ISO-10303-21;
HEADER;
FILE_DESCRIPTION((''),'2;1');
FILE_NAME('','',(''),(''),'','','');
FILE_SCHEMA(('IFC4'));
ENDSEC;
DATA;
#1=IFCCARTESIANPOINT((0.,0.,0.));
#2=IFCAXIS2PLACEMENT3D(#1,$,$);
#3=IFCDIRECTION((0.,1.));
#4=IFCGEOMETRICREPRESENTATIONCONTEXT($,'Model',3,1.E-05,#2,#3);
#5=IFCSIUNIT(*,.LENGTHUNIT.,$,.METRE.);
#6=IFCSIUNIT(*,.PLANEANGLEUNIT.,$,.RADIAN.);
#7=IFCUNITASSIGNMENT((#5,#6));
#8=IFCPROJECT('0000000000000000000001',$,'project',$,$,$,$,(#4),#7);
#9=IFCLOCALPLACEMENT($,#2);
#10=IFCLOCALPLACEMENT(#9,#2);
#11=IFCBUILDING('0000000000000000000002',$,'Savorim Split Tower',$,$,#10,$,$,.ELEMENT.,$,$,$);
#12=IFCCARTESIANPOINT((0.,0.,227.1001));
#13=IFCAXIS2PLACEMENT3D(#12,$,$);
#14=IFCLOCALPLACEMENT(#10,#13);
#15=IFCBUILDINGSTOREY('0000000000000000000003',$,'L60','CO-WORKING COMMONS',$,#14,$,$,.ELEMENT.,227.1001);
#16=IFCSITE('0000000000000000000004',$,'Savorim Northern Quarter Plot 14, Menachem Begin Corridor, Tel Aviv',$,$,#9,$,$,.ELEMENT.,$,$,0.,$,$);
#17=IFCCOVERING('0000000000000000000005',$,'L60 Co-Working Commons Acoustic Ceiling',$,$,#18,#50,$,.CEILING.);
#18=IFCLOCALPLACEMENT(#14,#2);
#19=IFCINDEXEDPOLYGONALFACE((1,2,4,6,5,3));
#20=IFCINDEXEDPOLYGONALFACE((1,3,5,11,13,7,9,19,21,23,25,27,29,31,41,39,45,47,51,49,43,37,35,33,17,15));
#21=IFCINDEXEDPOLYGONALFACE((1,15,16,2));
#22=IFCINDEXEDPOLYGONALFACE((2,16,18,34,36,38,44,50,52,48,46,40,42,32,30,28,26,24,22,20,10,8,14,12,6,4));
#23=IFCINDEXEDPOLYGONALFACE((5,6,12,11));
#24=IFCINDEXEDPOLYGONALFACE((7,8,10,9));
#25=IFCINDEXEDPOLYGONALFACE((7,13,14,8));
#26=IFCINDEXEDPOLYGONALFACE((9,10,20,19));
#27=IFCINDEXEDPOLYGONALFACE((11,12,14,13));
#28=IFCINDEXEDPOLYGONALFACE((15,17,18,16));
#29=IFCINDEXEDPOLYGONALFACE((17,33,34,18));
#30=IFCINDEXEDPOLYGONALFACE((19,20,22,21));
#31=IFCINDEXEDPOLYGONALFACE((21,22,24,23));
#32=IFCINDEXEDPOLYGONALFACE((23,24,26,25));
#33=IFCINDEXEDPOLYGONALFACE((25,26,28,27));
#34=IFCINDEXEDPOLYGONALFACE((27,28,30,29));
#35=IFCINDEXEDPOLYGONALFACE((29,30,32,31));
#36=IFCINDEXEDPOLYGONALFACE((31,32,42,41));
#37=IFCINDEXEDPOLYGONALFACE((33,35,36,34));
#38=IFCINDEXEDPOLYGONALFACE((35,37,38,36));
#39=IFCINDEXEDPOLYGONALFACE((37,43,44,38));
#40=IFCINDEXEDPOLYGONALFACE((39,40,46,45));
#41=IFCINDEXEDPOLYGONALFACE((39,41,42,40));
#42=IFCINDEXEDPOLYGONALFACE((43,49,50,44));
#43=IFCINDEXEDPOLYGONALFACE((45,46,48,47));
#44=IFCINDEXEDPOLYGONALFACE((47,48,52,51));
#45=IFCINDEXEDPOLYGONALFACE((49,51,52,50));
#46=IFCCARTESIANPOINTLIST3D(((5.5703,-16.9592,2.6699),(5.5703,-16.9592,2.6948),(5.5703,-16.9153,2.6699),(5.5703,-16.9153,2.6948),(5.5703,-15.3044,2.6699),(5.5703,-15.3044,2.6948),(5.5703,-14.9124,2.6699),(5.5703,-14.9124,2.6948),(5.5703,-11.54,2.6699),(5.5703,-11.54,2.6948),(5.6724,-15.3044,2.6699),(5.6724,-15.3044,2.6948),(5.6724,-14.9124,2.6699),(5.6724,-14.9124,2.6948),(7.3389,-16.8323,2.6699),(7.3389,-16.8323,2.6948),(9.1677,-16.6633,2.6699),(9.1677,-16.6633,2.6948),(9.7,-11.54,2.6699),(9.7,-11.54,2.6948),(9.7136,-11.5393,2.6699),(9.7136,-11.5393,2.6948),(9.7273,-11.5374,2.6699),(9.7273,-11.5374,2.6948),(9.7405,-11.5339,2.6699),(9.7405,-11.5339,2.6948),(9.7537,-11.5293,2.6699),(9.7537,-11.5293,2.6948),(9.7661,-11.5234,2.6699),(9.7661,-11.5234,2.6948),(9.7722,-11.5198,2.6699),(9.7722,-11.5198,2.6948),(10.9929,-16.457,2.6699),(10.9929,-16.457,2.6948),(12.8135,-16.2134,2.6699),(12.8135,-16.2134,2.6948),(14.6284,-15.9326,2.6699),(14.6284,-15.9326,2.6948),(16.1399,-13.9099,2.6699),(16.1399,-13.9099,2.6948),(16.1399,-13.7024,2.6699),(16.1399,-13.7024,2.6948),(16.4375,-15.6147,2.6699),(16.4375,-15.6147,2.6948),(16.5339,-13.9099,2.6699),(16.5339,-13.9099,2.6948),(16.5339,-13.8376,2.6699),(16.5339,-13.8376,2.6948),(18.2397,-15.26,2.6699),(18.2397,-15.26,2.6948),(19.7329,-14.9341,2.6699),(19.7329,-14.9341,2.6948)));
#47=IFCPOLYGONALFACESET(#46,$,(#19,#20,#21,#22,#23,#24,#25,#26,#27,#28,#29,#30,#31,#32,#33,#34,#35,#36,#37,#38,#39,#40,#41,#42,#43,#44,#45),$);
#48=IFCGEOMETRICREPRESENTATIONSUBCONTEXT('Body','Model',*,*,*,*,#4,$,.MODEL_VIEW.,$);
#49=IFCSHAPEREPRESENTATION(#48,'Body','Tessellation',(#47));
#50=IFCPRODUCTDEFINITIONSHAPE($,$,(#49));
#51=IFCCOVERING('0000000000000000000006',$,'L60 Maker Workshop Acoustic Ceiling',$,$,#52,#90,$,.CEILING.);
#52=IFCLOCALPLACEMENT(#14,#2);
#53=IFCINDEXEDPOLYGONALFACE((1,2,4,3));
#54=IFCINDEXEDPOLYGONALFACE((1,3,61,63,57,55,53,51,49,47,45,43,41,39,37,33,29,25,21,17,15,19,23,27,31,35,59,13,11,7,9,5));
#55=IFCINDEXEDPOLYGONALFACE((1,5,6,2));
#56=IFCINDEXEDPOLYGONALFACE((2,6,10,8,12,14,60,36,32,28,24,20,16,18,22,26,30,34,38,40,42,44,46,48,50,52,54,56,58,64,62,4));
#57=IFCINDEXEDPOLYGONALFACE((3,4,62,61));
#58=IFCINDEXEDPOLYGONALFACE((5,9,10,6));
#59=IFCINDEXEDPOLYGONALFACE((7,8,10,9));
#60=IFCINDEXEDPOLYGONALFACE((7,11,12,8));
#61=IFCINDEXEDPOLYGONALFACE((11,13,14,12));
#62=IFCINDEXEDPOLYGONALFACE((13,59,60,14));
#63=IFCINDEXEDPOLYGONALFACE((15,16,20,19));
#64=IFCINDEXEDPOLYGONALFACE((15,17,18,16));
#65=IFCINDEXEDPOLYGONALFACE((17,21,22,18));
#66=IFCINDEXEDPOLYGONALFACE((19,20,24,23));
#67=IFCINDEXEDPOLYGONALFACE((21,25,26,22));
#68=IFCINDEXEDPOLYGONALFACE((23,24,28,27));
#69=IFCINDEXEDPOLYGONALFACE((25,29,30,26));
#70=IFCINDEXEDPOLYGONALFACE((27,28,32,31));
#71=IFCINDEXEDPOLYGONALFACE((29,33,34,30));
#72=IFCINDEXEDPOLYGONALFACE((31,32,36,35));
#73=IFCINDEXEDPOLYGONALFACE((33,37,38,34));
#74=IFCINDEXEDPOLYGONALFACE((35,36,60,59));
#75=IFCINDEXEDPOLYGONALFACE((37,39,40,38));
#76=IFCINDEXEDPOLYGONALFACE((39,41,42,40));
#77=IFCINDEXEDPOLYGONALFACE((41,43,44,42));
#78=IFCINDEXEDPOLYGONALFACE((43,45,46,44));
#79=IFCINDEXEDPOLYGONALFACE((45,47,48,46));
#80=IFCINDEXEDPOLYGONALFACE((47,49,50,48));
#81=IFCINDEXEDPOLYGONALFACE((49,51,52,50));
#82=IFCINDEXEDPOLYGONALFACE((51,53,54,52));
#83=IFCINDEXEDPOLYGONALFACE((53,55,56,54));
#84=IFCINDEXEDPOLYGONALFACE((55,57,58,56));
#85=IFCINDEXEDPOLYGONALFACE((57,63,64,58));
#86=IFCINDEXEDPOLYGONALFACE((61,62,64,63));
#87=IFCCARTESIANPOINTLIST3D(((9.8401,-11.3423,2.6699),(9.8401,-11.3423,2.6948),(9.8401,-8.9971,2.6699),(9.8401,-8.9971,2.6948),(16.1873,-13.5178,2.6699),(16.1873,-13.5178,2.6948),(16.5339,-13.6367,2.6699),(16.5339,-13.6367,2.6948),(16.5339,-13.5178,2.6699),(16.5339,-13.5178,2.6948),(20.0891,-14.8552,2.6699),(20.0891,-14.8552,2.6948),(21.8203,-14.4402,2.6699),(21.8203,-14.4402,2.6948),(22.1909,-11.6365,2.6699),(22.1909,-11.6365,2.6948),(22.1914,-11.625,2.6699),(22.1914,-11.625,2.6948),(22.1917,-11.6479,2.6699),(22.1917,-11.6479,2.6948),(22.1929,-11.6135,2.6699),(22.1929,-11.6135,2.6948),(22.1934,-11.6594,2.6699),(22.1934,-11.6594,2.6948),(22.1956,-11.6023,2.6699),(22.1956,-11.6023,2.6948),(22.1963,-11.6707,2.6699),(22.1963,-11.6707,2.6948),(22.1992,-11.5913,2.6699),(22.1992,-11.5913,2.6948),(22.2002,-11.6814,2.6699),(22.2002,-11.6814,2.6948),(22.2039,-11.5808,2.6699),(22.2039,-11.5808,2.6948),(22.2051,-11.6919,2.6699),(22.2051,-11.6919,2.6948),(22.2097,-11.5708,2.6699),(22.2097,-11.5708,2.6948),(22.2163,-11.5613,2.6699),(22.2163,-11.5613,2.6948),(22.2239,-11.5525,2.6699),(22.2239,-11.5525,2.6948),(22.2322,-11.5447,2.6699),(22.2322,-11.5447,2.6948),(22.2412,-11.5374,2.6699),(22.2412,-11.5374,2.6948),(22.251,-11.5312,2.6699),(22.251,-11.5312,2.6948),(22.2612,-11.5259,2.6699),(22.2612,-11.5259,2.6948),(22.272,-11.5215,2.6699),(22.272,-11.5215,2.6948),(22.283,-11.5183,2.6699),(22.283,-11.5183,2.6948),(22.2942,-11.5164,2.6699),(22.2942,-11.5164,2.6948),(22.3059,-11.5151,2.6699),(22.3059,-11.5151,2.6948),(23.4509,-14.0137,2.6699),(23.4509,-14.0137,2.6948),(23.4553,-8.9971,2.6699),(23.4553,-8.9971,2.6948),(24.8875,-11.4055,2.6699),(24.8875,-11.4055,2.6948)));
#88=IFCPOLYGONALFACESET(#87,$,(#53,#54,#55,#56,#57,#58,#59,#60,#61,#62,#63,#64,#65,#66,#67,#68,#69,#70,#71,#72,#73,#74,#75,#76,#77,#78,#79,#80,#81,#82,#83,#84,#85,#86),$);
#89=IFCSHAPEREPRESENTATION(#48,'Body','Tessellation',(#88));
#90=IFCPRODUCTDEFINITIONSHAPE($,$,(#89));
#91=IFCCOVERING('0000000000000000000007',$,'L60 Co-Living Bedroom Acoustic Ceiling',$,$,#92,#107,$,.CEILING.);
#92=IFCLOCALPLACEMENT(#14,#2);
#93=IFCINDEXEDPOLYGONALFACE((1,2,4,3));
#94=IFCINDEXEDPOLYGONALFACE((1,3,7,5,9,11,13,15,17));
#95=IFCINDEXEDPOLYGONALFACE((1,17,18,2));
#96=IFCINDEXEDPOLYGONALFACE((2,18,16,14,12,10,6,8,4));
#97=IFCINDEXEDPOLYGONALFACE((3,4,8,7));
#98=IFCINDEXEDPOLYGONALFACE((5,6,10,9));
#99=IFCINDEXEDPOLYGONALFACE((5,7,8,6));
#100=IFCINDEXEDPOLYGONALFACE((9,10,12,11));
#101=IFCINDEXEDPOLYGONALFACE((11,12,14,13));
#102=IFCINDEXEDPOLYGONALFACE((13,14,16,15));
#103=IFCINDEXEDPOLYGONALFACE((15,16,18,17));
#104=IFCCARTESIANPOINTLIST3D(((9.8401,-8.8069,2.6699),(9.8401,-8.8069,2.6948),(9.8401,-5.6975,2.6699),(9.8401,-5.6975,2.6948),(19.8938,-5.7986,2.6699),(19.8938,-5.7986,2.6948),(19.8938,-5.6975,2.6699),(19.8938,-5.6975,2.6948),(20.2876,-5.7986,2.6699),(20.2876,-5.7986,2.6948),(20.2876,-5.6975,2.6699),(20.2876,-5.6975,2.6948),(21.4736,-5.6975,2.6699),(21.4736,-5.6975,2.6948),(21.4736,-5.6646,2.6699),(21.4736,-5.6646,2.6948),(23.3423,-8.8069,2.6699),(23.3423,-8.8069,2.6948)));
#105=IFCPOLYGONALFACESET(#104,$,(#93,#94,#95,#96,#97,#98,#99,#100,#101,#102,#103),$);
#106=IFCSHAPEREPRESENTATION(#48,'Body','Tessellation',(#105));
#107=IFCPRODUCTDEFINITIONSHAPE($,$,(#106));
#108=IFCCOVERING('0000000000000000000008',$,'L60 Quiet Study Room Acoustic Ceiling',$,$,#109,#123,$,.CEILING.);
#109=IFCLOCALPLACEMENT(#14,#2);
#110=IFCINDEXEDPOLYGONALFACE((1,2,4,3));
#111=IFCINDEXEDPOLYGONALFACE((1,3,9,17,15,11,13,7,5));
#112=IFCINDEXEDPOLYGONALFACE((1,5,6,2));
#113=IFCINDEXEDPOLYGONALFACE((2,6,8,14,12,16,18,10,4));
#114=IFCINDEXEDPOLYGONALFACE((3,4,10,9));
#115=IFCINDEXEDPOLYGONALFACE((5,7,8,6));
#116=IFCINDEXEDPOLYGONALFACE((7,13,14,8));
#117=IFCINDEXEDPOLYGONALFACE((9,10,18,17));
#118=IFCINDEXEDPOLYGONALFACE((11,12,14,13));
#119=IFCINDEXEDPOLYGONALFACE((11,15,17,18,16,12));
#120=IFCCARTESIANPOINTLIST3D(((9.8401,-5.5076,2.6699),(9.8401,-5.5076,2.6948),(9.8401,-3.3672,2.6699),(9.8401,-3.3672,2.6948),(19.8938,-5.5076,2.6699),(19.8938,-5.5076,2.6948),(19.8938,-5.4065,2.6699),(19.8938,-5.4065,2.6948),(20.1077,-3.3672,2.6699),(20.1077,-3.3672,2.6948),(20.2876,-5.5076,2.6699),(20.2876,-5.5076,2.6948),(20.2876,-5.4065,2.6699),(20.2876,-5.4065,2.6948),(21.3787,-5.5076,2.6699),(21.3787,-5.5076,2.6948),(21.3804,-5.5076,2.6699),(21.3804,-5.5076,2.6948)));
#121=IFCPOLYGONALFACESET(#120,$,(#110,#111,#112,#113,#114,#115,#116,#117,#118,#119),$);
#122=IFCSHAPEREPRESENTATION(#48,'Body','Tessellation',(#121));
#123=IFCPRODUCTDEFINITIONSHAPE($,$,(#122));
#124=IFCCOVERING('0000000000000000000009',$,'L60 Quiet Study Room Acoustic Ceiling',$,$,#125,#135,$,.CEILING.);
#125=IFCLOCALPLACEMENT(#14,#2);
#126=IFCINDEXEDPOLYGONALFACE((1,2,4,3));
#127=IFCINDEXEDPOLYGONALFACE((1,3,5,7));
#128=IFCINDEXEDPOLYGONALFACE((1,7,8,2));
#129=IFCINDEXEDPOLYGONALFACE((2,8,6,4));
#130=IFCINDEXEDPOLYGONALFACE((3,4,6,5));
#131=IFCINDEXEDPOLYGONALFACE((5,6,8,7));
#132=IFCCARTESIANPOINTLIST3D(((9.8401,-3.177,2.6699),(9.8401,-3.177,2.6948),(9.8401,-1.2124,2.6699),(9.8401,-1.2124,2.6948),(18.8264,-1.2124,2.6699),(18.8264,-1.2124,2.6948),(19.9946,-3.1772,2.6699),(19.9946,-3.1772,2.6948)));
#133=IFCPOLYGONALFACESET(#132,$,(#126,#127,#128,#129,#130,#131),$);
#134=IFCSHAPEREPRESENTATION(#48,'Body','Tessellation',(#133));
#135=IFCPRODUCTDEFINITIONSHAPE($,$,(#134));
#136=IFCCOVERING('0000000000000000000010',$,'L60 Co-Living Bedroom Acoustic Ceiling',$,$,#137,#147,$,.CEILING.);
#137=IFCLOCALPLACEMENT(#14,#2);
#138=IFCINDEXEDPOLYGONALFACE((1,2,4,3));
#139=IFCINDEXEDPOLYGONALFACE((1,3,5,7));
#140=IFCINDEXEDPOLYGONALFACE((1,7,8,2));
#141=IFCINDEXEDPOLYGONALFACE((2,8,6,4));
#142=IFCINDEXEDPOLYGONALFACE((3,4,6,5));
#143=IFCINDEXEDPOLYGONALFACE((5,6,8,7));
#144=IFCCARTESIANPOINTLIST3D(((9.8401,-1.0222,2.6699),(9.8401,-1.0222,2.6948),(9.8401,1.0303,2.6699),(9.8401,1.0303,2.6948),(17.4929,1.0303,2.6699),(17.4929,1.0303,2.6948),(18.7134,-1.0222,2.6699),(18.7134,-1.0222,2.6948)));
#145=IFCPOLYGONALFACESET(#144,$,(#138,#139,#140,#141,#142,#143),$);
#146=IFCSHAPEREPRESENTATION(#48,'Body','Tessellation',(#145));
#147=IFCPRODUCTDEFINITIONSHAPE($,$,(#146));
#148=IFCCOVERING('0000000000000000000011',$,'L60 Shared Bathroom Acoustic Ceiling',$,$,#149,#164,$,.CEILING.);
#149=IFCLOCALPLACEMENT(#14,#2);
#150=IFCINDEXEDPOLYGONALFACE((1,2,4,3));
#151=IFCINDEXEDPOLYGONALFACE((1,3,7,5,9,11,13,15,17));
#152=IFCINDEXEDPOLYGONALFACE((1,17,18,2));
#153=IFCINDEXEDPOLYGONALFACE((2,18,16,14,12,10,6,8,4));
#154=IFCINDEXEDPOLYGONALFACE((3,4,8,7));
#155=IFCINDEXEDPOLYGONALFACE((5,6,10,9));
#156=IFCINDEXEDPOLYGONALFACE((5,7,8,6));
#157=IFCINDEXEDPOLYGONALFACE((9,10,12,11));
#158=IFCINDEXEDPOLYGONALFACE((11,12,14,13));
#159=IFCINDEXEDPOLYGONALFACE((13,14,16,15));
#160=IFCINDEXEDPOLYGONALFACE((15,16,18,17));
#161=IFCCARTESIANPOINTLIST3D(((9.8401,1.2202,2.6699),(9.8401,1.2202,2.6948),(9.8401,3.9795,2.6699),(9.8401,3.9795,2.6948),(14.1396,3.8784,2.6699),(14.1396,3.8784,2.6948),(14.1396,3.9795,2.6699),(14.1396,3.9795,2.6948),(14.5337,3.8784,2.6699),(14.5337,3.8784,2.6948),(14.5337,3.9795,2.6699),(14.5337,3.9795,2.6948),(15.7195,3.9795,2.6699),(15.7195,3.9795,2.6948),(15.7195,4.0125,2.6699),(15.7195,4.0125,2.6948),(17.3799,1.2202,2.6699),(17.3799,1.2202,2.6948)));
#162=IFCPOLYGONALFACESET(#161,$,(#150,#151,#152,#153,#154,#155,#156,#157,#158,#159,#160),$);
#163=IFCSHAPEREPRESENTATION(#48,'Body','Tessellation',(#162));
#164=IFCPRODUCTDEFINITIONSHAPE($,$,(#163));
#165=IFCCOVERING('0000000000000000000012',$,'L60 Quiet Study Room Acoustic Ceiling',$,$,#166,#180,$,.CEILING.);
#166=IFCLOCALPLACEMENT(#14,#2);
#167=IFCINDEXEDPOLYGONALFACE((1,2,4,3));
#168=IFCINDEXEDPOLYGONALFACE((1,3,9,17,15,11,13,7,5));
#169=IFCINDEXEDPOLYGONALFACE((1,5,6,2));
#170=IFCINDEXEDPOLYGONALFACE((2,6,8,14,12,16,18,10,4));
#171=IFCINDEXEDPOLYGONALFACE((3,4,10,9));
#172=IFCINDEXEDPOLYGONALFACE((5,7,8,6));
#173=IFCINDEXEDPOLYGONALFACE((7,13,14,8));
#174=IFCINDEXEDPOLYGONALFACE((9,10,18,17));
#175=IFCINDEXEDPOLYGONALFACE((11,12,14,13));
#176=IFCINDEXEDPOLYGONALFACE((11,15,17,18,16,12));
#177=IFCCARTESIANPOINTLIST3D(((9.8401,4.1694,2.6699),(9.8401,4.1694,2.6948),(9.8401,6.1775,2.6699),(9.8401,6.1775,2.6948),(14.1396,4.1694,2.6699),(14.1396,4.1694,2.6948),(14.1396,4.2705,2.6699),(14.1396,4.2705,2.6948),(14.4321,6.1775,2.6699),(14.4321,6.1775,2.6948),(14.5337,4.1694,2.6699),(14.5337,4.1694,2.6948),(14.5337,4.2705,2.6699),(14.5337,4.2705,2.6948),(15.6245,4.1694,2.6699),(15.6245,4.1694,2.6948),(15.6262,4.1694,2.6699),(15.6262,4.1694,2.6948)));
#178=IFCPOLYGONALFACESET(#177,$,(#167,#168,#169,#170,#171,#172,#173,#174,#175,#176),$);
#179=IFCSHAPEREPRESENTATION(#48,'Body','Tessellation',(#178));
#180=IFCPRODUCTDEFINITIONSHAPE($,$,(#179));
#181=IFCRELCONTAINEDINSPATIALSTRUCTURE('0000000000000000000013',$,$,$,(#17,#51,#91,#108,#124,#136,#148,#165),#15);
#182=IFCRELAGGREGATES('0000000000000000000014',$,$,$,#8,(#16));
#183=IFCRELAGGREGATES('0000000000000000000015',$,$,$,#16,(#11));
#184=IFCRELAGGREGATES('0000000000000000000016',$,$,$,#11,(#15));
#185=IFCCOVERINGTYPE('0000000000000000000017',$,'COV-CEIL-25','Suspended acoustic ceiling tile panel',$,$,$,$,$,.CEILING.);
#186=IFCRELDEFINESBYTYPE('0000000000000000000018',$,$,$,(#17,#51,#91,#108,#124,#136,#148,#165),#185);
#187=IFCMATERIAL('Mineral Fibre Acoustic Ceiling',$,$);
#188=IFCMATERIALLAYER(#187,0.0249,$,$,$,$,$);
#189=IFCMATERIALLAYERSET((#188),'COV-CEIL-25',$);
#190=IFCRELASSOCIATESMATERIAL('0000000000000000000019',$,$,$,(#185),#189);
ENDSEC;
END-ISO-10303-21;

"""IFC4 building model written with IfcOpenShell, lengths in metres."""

from ifc_helpers import new_model, si_unit, direction, frame, origin, place, context, subcontext, project, spatial, polyline, outline, extrude, material, layer, layer_set, type_object, element, save


model = new_model("IFC4")

# Units and contexts
model_context = context("Model", 3, precision=1e-05, world=origin(), true_north=direction((0.0, 1.0)))
body_context = subcontext(model_context, "Body", "Model", "MODEL_VIEW")
ifc_project = project(units=[si_unit("LENGTHUNIT", "METRE"), si_unit("PLANEANGLEUNIT", "RADIAN")], contexts=[model_context])

# Site, building, storey
site_placement = place(None, origin())
site = spatial("IfcSite", under=ifc_project, at=site_placement, Name="Savorim Northern Quarter Plot 14, Menachem Begin Corridor, Tel Aviv", CompositionType="ELEMENT", RefElevation=0.0)
building_placement = place(site_placement, origin())
building = spatial("IfcBuilding", under=site, at=building_placement, Name="Savorim Split Tower", CompositionType="ELEMENT")
storey_placement = place(building_placement, frame((0.0, 0.0, 227.1001)))
storey = spatial("IfcBuildingStorey", under=building, at=storey_placement, Name="L60", Description="CO-WORKING COMMONS", CompositionType="ELEMENT", Elevation=227.1001)

# Coverings
ifc_material_1 = material(Name="Mineral Fibre Acoustic Ceiling")
ifc_layer_1 = layer(ifc_material_1, 0.0249)
ifc_layer_set_1 = layer_set([ifc_layer_1], Name="COV-CEIL-25")
covering_type_1 = type_object("IfcCoveringType", Name="COV-CEIL-25", Description="Suspended acoustic ceiling tile panel", PredefinedType="CEILING", material=ifc_layer_set_1)
covering_1_placement = place(storey_placement, frame((0.0, 0.0, 2.6699)))
element("IfcCovering", 1, at=covering_1_placement, inside=storey, type_object=covering_type_1, Name="L60 Co-Working Commons Acoustic Ceiling", PredefinedType="CEILING", context=body_context, shape_type="SweptSolid", body=[
    extrude(outline(polyline([(14.6284, -15.9326), (16.4375, -15.6147), (18.2397, -15.26), (19.7329, -14.9341), (16.5339, -13.8376), (16.5339, -13.9099), (16.1399, -13.9099), (16.1399, -13.7024), (9.7722, -11.5198), (9.7661, -11.5234), (9.7537, -11.5293), (9.7405, -11.5339), (9.7273, -11.5374), (9.7136, -11.5393), (9.7, -11.54), (5.5703, -11.54), (5.5703, -14.9124), (5.6724, -14.9124), (5.6724, -15.3044), (5.5703, -15.3044), (5.5703, -16.9153), (5.5703, -16.9592), (7.3389, -16.8323), (9.1677, -16.6633), (10.9929, -16.457), (12.8135, -16.2134), (14.6284, -15.9326)])), origin(), (0.0, 0.0, 1.0), 0.0249),
])
covering_2_placement = place(storey_placement, frame((0.0, 0.0, 2.6699)))
element("IfcCovering", 2, at=covering_2_placement, inside=storey, type_object=covering_type_1, Name="L60 Maker Workshop Acoustic Ceiling", PredefinedType="CEILING", context=body_context, shape_type="SweptSolid", body=[
    extrude(outline(polyline([(22.283, -11.5183), (22.2942, -11.5164), (22.3059, -11.5151), (24.8875, -11.4055), (23.4553, -8.9971), (9.8401, -8.9971), (9.8401, -11.3423), (16.1873, -13.5178), (16.5339, -13.5178), (16.5339, -13.6367), (20.0891, -14.8552), (21.8203, -14.4402), (23.4509, -14.0137), (22.2051, -11.6919), (22.2002, -11.6814), (22.1963, -11.6707), (22.1934, -11.6594), (22.1917, -11.6479), (22.1909, -11.6365), (22.1914, -11.625), (22.1929, -11.6135), (22.1956, -11.6023), (22.1992, -11.5913), (22.2039, -11.5808), (22.2097, -11.5708), (22.2163, -11.5613), (22.2239, -11.5525), (22.2322, -11.5447), (22.2412, -11.5374), (22.251, -11.5312), (22.2612, -11.5259), (22.272, -11.5215), (22.283, -11.5183)])), origin(), (0.0, 0.0, 1.0), 0.0249),
])
covering_3_placement = place(storey_placement, frame((0.0, 0.0, 2.6699)))
element("IfcCovering", 3, at=covering_3_placement, inside=storey, type_object=covering_type_1, Name="L60 Co-Living Bedroom Acoustic Ceiling", PredefinedType="CEILING", context=body_context, shape_type="SweptSolid", body=[
    extrude(outline(polyline([(19.8938, -5.7986), (19.8938, -5.6975), (9.8401, -5.6975), (9.8401, -8.8069), (23.3423, -8.8069), (21.4736, -5.6646), (21.4736, -5.6975), (20.2876, -5.6975), (20.2876, -5.7986), (19.8938, -5.7986)])), origin(), (0.0, 0.0, 1.0), 0.0249),
])
covering_4_placement = place(storey_placement, frame((0.0, 0.0, 2.6699)))
element("IfcCovering", 4, at=covering_4_placement, inside=storey, type_object=covering_type_1, Name="L60 Quiet Study Room Acoustic Ceiling", PredefinedType="CEILING", context=body_context, shape_type="SweptSolid", body=[
    extrude(outline(polyline([(20.2876, -5.4065), (20.2876, -5.5076), (21.3787, -5.5076), (21.3804, -5.5076), (20.1077, -3.3672), (9.8401, -3.3672), (9.8401, -5.5076), (19.8938, -5.5076), (19.8938, -5.4065), (20.2876, -5.4065)])), origin(), (0.0, 0.0, 1.0), 0.0249),
])
covering_5_placement = place(storey_placement, frame((0.0, 0.0, 2.6699)))
element("IfcCovering", 5, at=covering_5_placement, inside=storey, type_object=covering_type_1, Name="L60 Quiet Study Room Acoustic Ceiling", PredefinedType="CEILING", context=body_context, shape_type="SweptSolid", body=[
    extrude(outline(polyline([(19.9946, -3.1772), (18.8264, -1.2124), (9.8401, -1.2124), (9.8401, -3.177), (19.9946, -3.1772)])), origin(), (0.0, 0.0, 1.0), 0.0249),
])
covering_6_placement = place(storey_placement, frame((0.0, 0.0, 2.6699)))
element("IfcCovering", 6, at=covering_6_placement, inside=storey, type_object=covering_type_1, Name="L60 Co-Living Bedroom Acoustic Ceiling", PredefinedType="CEILING", context=body_context, shape_type="SweptSolid", body=[
    extrude(outline(polyline([(18.7134, -1.0222), (17.4929, 1.0303), (9.8401, 1.0303), (9.8401, -1.0222), (18.7134, -1.0222)])), origin(), (0.0, 0.0, 1.0), 0.0249),
])
covering_7_placement = place(storey_placement, frame((0.0, 0.0, 2.6699)))
element("IfcCovering", 7, at=covering_7_placement, inside=storey, type_object=covering_type_1, Name="L60 Shared Bathroom Acoustic Ceiling", PredefinedType="CEILING", context=body_context, shape_type="SweptSolid", body=[
    extrude(outline(polyline([(14.1396, 3.8784), (14.1396, 3.9795), (9.8401, 3.9795), (9.8401, 1.2202), (17.3799, 1.2202), (15.7195, 4.0125), (15.7195, 3.9795), (14.5337, 3.9795), (14.5337, 3.8784), (14.1396, 3.8784)])), origin(), (0.0, 0.0, 1.0), 0.0249),
])
covering_8_placement = place(storey_placement, frame((0.0, 0.0, 2.6699)))
element("IfcCovering", 8, at=covering_8_placement, inside=storey, type_object=covering_type_1, Name="L60 Quiet Study Room Acoustic Ceiling", PredefinedType="CEILING", context=body_context, shape_type="SweptSolid", body=[
    extrude(outline(polyline([(14.5337, 4.1694), (15.6245, 4.1694), (15.6262, 4.1694), (14.4321, 6.1775), (9.8401, 6.1775), (9.8401, 4.1694), (14.1396, 4.1694), (14.1396, 4.2705), (14.5337, 4.2705), (14.5337, 4.1694)])), origin(), (0.0, 0.0, 1.0), 0.0249),
])

save(model, "model.ifc")
